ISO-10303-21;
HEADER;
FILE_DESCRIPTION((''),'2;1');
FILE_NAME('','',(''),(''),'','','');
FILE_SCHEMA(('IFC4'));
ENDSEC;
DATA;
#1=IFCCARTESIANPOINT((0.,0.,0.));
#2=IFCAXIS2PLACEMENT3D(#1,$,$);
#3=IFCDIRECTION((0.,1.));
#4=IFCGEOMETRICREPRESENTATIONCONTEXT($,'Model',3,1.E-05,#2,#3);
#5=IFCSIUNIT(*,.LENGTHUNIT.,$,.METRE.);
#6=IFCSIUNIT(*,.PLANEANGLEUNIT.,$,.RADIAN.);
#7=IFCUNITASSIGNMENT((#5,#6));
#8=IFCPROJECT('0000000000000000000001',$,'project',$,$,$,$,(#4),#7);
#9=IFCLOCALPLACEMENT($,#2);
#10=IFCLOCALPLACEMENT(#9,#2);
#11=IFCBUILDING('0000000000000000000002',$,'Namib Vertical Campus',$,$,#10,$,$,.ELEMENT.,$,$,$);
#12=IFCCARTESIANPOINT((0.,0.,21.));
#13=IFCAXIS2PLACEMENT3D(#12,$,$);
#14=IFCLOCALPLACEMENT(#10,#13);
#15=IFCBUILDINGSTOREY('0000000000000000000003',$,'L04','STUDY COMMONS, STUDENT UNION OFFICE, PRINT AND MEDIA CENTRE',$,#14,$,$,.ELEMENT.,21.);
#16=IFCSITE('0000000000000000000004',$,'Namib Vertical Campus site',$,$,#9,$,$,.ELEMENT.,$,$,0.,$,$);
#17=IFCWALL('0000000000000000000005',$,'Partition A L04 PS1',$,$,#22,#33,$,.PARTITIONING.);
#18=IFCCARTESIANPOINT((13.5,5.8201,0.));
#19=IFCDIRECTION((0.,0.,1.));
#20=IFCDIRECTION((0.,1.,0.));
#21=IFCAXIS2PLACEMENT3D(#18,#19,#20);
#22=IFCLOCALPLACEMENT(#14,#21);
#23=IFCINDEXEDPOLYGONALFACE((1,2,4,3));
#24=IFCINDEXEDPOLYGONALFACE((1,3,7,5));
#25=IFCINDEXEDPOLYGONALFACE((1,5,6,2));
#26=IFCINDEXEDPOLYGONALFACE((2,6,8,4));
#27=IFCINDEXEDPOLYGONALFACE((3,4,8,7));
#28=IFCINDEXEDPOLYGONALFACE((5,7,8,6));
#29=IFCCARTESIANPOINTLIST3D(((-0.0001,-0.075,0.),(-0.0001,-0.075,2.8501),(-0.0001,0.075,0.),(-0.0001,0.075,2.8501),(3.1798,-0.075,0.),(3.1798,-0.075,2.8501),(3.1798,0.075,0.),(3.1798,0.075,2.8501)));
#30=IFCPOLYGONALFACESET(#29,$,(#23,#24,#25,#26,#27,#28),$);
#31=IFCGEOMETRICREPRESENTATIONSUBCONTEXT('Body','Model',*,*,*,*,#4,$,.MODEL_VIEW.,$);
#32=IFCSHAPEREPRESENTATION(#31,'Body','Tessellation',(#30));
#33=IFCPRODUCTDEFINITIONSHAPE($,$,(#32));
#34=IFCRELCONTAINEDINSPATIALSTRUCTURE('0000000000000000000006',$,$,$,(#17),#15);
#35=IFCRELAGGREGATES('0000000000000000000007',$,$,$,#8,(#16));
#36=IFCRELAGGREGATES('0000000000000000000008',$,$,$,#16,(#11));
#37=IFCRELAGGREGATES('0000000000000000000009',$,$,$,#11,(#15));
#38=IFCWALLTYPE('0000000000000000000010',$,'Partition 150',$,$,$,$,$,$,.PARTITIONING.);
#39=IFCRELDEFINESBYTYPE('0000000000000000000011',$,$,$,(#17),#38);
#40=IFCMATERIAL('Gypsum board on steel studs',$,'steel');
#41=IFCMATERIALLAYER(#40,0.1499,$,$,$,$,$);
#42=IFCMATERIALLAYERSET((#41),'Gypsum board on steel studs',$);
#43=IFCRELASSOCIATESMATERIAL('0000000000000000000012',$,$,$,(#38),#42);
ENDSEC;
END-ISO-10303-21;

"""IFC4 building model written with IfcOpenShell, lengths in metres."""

from ifc_helpers import new_model, si_unit, direction, frame, frame_2d, origin, place, context, subcontext, project, spatial, rectangle, extrude, material, layer, layer_set, type_object, element, save


model = new_model("IFC4")

# Units and contexts
model_context = context("Model", 3, precision=1e-05, world=origin(), true_north=direction((0.0, 1.0)))
body_context = subcontext(model_context, "Body", "Model", "MODEL_VIEW")
ifc_project = project(units=[si_unit("LENGTHUNIT", "METRE"), si_unit("PLANEANGLEUNIT", "RADIAN")], contexts=[model_context])

# Site, building, storey
site_placement = place(None, origin())
site = spatial("IfcSite", under=ifc_project, at=site_placement, Name="Namib Vertical Campus site", CompositionType="ELEMENT", RefElevation=0.0)
building_placement = place(site_placement, origin())
building = spatial("IfcBuilding", under=site, at=building_placement, Name="Namib Vertical Campus", CompositionType="ELEMENT")
storey_placement = place(building_placement, frame((0.0, 0.0, 21.0)))
storey = spatial("IfcBuildingStorey", under=building, at=storey_placement, Name="L04", Description="STUDY COMMONS, STUDENT UNION OFFICE, PRINT AND MEDIA CENTRE", CompositionType="ELEMENT", Elevation=21.0)

# Wall
ifc_material_1 = material(Name="Gypsum board on steel studs", Category="steel")
ifc_layer_1 = layer(ifc_material_1, 0.1499)
ifc_layer_set_1 = layer_set([ifc_layer_1], Name="Gypsum board on steel studs")
wall_type_1 = type_object("IfcWallType", Name="Partition 150", PredefinedType="PARTITIONING", material=ifc_layer_set_1)
wall_1_placement = place(storey_placement, frame((13.5, 5.8201, 0.0), z_axis=(0.0, 0.0, 1.0), x_axis=(0.0, 1.0, 0.0)))
element("IfcWall", 1, at=wall_1_placement, inside=storey, type_object=wall_type_1, Name="Partition A L04 PS1", PredefinedType="PARTITIONING", context=body_context, shape_type="SweptSolid", body=[
    extrude(rectangle(XDim=3.1799, YDim=0.1499, at=frame_2d((1.5898, 0.0))), origin(), (0.0, 0.0, 1.0), 2.8501),
])

save(model, "model.ifc")
